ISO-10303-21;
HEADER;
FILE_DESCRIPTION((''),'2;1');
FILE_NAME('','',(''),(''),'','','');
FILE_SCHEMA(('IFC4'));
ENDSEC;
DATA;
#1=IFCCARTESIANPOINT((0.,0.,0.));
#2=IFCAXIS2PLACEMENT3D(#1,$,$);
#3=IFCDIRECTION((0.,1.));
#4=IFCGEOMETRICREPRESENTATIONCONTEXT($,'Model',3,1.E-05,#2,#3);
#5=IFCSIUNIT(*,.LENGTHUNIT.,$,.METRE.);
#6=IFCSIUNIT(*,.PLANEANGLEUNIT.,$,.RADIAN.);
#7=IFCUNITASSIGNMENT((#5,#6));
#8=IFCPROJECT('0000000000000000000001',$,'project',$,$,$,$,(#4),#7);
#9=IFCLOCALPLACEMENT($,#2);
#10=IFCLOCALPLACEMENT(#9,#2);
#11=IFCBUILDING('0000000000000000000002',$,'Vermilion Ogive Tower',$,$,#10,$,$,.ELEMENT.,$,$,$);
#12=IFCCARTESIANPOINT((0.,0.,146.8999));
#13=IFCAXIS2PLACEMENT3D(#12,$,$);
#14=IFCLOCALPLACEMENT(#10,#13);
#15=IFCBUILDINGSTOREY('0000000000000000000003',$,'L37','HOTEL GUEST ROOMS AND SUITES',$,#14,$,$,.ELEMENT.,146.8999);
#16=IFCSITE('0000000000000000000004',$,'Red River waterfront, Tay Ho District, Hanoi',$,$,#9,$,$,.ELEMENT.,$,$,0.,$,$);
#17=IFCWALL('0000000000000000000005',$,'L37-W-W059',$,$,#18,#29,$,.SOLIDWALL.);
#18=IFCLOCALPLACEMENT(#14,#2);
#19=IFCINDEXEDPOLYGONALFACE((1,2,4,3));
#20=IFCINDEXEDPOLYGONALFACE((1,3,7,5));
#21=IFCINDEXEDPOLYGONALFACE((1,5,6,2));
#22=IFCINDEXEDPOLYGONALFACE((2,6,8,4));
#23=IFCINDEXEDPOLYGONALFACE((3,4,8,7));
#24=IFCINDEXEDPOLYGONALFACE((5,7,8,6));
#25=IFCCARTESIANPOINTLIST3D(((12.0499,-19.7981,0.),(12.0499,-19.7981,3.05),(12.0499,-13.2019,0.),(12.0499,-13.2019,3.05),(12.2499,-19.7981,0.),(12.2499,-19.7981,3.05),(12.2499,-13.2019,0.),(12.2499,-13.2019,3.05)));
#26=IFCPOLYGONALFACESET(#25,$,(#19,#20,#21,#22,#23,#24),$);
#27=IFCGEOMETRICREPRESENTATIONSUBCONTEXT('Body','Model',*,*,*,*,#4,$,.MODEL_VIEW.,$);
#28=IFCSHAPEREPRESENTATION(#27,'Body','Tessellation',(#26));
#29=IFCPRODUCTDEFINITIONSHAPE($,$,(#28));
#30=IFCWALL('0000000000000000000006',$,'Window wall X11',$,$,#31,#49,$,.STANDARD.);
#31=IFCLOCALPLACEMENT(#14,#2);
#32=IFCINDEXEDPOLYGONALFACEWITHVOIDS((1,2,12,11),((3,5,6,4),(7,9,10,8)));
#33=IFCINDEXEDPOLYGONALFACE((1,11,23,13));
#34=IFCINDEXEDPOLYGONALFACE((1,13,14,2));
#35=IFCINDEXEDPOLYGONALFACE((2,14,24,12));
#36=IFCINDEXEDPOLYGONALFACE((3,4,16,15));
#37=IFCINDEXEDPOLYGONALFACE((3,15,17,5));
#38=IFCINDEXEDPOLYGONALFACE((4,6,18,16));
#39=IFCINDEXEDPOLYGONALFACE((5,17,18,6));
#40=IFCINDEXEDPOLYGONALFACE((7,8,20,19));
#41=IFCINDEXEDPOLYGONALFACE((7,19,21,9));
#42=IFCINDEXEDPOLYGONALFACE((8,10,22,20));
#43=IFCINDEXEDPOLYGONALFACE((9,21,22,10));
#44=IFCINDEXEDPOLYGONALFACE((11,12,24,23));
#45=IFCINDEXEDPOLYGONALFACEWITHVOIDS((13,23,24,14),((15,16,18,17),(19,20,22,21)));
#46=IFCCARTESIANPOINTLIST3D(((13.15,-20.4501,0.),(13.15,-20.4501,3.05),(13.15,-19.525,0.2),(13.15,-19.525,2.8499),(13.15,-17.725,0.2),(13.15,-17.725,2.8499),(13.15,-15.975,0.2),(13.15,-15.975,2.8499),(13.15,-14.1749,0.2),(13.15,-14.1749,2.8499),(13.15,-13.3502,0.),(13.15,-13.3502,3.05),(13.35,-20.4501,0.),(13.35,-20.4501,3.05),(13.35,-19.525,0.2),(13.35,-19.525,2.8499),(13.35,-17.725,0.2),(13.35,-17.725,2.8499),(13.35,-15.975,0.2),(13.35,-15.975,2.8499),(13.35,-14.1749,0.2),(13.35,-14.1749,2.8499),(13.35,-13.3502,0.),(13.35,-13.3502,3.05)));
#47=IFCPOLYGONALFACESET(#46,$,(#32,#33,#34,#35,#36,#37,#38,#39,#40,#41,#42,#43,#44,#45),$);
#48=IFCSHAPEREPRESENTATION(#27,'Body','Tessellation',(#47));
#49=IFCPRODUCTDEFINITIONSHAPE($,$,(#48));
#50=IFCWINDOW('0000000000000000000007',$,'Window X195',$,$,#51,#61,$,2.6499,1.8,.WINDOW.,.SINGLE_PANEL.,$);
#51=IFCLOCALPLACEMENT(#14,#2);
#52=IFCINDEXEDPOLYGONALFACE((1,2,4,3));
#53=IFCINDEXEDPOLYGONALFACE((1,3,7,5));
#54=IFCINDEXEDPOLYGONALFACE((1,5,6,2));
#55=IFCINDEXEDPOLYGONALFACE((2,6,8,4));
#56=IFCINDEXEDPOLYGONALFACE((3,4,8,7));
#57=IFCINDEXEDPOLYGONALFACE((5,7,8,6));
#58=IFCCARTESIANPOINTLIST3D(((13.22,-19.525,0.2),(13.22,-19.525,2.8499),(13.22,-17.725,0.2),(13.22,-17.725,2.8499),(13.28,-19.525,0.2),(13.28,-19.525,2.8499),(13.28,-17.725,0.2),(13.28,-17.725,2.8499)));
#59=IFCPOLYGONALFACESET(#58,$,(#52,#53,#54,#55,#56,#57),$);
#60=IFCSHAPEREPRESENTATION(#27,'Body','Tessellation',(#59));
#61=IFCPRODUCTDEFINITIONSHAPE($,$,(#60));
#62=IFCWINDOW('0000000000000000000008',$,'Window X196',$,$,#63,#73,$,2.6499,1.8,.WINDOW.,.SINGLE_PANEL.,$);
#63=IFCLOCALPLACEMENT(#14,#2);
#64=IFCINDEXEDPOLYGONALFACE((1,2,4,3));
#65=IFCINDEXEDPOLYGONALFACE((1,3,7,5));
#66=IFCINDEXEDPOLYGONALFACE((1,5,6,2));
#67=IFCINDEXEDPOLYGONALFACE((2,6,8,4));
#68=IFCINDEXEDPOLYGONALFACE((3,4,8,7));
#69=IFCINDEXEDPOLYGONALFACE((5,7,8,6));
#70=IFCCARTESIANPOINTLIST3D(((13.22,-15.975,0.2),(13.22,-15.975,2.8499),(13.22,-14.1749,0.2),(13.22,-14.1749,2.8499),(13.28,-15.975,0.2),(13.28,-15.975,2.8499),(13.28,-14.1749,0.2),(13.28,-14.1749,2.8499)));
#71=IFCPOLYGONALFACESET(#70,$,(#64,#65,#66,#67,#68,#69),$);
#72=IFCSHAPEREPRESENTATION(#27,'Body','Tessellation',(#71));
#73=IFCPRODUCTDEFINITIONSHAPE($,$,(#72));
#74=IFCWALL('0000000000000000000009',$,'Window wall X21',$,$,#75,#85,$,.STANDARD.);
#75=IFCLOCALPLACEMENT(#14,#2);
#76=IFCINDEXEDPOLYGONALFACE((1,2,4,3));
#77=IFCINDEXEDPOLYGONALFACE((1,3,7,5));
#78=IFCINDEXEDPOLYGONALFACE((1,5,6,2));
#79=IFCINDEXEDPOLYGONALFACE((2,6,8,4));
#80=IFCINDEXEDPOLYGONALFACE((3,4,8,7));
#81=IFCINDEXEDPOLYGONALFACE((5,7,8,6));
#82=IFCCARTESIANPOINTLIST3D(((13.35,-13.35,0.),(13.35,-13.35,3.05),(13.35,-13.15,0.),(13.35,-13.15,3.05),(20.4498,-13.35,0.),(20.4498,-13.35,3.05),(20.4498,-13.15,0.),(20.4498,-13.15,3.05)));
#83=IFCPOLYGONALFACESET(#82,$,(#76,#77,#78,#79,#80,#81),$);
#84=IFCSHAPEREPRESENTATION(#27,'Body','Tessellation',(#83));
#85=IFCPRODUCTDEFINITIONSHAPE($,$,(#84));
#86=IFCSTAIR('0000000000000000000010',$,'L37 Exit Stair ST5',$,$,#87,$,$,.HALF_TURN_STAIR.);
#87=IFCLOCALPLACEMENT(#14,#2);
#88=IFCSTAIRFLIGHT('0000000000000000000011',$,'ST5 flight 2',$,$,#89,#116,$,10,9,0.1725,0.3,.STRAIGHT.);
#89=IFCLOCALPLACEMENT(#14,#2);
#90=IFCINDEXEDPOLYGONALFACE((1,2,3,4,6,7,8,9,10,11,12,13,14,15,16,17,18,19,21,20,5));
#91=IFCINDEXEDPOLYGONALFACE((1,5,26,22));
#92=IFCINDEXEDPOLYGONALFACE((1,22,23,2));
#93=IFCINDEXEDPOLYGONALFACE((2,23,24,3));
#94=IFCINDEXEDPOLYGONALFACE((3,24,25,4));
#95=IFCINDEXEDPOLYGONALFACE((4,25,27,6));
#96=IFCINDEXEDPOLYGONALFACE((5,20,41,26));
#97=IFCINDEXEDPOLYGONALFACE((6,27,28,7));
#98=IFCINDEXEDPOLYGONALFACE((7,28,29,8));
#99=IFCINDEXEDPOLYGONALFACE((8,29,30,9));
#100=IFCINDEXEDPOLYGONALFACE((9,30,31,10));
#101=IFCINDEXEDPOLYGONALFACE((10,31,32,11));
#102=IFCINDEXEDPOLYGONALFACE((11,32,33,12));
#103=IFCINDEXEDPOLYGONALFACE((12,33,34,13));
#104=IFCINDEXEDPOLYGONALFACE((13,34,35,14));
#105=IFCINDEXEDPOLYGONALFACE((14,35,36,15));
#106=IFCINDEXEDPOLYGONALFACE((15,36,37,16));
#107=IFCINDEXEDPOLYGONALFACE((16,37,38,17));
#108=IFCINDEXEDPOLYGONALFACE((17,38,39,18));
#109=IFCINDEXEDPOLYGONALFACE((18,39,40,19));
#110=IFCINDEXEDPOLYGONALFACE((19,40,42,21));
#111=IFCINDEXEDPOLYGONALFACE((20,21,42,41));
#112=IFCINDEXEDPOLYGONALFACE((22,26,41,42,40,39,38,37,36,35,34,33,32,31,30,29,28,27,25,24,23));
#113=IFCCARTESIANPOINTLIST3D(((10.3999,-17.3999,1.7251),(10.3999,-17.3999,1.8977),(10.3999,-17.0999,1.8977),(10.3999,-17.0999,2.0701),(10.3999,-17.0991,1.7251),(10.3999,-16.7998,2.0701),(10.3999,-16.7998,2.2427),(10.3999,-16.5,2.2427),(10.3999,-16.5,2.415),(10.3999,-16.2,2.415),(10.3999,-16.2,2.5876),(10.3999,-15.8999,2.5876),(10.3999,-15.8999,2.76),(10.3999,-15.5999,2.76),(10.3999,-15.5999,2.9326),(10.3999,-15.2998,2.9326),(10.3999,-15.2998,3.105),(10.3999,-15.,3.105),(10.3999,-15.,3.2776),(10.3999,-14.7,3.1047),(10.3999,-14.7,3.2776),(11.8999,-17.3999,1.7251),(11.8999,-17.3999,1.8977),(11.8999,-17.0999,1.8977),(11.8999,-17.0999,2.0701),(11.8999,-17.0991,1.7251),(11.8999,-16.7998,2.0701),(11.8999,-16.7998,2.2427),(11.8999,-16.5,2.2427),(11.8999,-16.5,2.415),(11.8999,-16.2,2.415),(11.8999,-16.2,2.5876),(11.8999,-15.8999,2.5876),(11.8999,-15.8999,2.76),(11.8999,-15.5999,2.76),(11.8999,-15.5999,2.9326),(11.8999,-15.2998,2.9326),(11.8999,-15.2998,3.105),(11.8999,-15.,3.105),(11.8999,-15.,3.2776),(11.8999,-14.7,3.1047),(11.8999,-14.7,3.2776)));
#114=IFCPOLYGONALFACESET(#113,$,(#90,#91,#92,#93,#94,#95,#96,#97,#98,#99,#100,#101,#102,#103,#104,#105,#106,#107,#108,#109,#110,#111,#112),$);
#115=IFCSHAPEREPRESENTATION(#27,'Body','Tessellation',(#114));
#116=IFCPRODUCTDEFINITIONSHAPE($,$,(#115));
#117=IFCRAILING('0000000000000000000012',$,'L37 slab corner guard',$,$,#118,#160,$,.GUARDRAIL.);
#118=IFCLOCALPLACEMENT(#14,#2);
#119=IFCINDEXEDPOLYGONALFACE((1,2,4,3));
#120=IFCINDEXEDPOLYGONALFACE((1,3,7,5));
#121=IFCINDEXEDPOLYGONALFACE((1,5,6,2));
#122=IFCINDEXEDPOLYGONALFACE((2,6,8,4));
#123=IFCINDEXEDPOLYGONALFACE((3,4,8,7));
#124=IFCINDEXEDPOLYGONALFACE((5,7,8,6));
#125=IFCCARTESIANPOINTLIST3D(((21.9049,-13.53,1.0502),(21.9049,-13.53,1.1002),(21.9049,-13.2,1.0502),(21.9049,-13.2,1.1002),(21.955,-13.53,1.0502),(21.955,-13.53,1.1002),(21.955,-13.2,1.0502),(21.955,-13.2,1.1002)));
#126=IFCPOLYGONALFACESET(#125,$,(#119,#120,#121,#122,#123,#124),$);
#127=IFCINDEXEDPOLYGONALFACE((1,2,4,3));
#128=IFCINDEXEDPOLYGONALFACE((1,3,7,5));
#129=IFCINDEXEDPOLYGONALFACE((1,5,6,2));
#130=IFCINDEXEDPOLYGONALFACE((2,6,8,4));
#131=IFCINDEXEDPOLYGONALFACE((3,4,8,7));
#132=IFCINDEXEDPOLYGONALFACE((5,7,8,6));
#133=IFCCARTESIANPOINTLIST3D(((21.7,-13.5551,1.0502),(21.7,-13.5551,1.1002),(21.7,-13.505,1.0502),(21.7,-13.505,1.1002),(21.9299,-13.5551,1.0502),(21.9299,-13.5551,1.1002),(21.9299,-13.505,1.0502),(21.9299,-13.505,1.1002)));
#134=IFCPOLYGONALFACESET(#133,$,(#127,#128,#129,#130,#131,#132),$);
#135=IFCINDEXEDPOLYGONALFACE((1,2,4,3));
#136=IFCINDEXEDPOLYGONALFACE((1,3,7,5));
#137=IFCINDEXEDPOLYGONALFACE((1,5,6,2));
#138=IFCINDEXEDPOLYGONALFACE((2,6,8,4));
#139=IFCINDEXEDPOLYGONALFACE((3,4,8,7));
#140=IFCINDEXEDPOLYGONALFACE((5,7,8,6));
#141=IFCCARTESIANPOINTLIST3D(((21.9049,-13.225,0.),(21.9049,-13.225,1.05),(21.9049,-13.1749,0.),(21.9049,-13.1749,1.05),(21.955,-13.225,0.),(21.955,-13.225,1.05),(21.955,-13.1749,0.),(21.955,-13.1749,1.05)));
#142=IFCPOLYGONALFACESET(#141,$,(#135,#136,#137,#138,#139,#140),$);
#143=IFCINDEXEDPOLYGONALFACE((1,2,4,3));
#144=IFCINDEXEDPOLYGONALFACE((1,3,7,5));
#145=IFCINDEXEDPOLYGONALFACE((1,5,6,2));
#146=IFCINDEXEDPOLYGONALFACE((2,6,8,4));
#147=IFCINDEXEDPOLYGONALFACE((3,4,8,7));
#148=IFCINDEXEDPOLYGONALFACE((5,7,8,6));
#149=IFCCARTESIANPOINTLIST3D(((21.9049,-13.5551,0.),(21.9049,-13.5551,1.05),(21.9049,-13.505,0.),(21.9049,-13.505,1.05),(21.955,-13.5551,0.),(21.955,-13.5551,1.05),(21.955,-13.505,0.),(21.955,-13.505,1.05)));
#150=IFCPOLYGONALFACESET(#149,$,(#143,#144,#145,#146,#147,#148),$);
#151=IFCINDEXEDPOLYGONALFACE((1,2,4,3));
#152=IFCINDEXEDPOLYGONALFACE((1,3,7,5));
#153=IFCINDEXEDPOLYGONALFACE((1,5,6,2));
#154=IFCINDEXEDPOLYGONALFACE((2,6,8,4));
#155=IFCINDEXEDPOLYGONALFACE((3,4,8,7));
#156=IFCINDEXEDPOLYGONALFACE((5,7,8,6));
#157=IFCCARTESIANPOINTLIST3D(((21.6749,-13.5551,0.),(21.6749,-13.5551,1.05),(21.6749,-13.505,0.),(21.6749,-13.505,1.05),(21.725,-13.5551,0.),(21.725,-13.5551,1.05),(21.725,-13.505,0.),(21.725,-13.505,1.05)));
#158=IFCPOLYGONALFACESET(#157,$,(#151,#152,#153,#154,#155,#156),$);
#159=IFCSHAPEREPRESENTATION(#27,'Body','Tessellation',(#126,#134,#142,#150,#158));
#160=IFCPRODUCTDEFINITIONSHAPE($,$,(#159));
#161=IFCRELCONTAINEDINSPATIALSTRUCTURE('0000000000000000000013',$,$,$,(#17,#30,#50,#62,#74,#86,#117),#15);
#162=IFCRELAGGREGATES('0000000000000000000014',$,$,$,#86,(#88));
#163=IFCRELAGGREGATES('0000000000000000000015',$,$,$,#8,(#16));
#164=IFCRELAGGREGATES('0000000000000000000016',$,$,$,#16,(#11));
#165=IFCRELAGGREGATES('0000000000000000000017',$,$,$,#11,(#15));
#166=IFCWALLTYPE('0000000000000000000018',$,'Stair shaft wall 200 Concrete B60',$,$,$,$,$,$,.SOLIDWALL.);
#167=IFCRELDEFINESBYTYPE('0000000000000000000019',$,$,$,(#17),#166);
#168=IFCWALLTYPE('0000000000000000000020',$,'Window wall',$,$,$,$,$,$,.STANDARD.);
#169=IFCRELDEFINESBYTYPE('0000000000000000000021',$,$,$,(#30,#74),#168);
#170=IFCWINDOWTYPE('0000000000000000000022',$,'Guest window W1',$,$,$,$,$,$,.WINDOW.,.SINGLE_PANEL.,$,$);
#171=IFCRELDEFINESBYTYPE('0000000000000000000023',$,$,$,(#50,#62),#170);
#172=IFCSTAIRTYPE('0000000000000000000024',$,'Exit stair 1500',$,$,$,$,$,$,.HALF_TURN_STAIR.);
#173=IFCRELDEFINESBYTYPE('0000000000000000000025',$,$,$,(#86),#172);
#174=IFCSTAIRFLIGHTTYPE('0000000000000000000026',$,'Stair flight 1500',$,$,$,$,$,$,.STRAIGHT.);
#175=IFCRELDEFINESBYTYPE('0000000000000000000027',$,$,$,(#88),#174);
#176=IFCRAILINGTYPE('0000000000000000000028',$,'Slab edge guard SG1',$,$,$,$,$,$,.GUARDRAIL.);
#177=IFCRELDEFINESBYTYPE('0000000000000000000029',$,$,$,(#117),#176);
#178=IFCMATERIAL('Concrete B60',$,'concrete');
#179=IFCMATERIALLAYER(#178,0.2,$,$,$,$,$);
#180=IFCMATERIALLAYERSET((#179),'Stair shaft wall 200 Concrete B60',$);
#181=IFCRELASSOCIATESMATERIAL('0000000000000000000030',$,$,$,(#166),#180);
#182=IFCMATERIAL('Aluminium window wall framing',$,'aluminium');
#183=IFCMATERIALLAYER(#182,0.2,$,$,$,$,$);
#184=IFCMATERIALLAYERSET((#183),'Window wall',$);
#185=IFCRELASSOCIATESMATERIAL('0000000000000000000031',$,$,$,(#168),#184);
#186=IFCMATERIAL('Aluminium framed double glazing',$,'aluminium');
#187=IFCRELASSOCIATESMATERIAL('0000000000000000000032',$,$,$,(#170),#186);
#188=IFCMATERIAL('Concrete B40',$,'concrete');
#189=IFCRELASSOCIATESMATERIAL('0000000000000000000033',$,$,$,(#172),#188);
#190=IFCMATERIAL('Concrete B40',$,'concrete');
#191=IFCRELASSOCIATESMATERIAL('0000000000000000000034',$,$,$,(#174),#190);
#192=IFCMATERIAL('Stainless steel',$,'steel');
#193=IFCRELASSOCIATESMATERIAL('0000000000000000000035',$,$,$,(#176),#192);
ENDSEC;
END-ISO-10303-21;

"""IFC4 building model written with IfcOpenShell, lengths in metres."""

from ifc_helpers import new_model, si_unit, direction, frame, frame_2d, origin, origin_2d, place, context, subcontext, project, spatial, polyline, rectangle, outline, extrude, material, layer, layer_set, type_object, element, fill, aggregate, save


model = new_model("IFC4")

# Units and contexts
model_context = context("Model", 3, precision=1e-05, world=origin(), true_north=direction((0.0, 1.0)))
body_context = subcontext(model_context, "Body", "Model", "MODEL_VIEW")
ifc_project = project(units=[si_unit("LENGTHUNIT", "METRE"), si_unit("PLANEANGLEUNIT", "RADIAN")], contexts=[model_context])

# Site, building, storey
site_placement = place(None, origin())
site = spatial("IfcSite", under=ifc_project, at=site_placement, Name="Red River waterfront, Tay Ho District, Hanoi", CompositionType="ELEMENT", RefElevation=0.0)
building_placement = place(site_placement, origin())
building = spatial("IfcBuilding", under=site, at=building_placement, Name="Vermilion Ogive Tower", CompositionType="ELEMENT")
storey_placement = place(building_placement, frame((0.0, 0.0, 146.8999)))
storey = spatial("IfcBuildingStorey", under=building, at=storey_placement, Name="L37", Description="HOTEL GUEST ROOMS AND SUITES", CompositionType="ELEMENT", Elevation=146.8999)

# Wall
ifc_material_1 = material(Name="Concrete B60", Category="concrete")
ifc_layer_1 = layer(ifc_material_1, 0.2)
ifc_layer_set_1 = layer_set([ifc_layer_1], Name="Stair shaft wall 200 Concrete B60")
wall_type_1 = type_object("IfcWallType", Name="Stair shaft wall 200 Concrete B60", PredefinedType="SOLIDWALL", material=ifc_layer_set_1)
wall_1_placement = place(storey_placement, frame((12.1499, -19.7981, 0.0), z_axis=(0.0, 0.0, 1.0), x_axis=(0.0, 1.0, 0.0)))
element("IfcWall", 1, at=wall_1_placement, inside=storey, type_object=wall_type_1, Name="L37-W-W059", PredefinedType="SOLIDWALL", context=body_context, shape_type="SweptSolid", body=[
    extrude(rectangle(XDim=6.5962, YDim=0.2, at=frame_2d((3.2981, 0.0))), origin(), (0.0, 0.0, 1.0), 3.05),
])

# Wall, openings, windows
ifc_material_2 = material(Name="Aluminium window wall framing", Category="aluminium")
ifc_layer_2 = layer(ifc_material_2, 0.2)
ifc_layer_set_2 = layer_set([ifc_layer_2], Name="Window wall")
wall_type_2 = type_object("IfcWallType", Name="Window wall", PredefinedType="STANDARD", material=ifc_layer_set_2)
wall_2_placement = place(storey_placement, frame((13.25, -20.45, 0.0), z_axis=(0.0, 0.0, 1.0), x_axis=(0.0, 1.0, 0.0)))
wall_2 = element("IfcWall", 2, at=wall_2_placement, inside=storey, type_object=wall_type_2, Name="Window wall X11", PredefinedType="STANDARD", context=body_context, shape_type="SweptSolid", body=[
    extrude(rectangle(XDim=7.0999, YDim=0.2, at=frame_2d((3.5498, 0.0))), origin(), (0.0, 0.0, 1.0), 3.05),
])
opening_1_placement = place(wall_2_placement, frame((0.925, 0.0, 0.2)))
opening_1 = element("IfcOpeningElement", 3, at=opening_1_placement, cuts=wall_2, PredefinedType="OPENING", context=body_context, shape_type="SweptSolid", body=[
    extrude(rectangle(XDim=1.8, YDim=2.6499, at=frame_2d((0.8999, 1.325))), frame((0.0, 0.1099, 0.0), z_axis=(0.0, -1.0, 0.0), x_axis=(1.0, 0.0, 0.0)), (0.0, 0.0, 1.0), 0.22),
])
opening_2_placement = place(wall_2_placement, frame((4.4751, 0.0, 0.2)))
opening_2 = element("IfcOpeningElement", 4, at=opening_2_placement, cuts=wall_2, PredefinedType="OPENING", context=body_context, shape_type="SweptSolid", body=[
    extrude(rectangle(XDim=1.8, YDim=2.6499, at=frame_2d((0.8999, 1.325))), frame((0.0, 0.1099, 0.0), z_axis=(0.0, -1.0, 0.0), x_axis=(1.0, 0.0, 0.0)), (0.0, 0.0, 1.0), 0.22),
])
ifc_material_3 = material(Name="Aluminium framed double glazing", Category="aluminium")
window_type = type_object("IfcWindowType", Name="Guest window W1", PartitioningType="SINGLE_PANEL", PredefinedType="WINDOW", material=ifc_material_3)
window_1_placement = place(opening_1_placement, origin())
window_1 = element("IfcWindow", 5, at=window_1_placement, inside=storey, type_object=window_type, Name="Window X195", OverallHeight=2.6499, OverallWidth=1.8, PartitioningType="SINGLE_PANEL", PredefinedType="WINDOW", context=body_context, shape_type="SweptSolid", body=[
    extrude(rectangle(XDim=1.8, YDim=2.6499, at=frame_2d((0.8999, 1.325))), frame((0.0, 0.03, 0.0), z_axis=(0.0, -1.0, 0.0), x_axis=(1.0, 0.0, 0.0)), (0.0, 0.0, 1.0), 0.0601),
])
fill(opening_1, window_1)
window_2_placement = place(opening_2_placement, origin())
window_2 = element("IfcWindow", 6, at=window_2_placement, inside=storey, type_object=window_type, Name="Window X196", OverallHeight=2.6499, OverallWidth=1.8, PartitioningType="SINGLE_PANEL", PredefinedType="WINDOW", context=body_context, shape_type="SweptSolid", body=[
    extrude(rectangle(XDim=1.8, YDim=2.6499, at=frame_2d((0.8999, 1.325))), frame((0.0, 0.03, 0.0), z_axis=(0.0, -1.0, 0.0), x_axis=(1.0, 0.0, 0.0)), (0.0, 0.0, 1.0), 0.0601),
])
fill(opening_2, window_2)

# Wall
wall_3_placement = place(storey_placement, frame((13.3501, -13.25, 0.0), z_axis=(0.0, 0.0, 1.0), x_axis=(1.0, 0.0, 0.0)))
element("IfcWall", 7, at=wall_3_placement, inside=storey, type_object=wall_type_2, Name="Window wall X21", PredefinedType="STANDARD", context=body_context, shape_type="SweptSolid", body=[
    extrude(rectangle(XDim=7.0999, YDim=0.2, at=frame_2d((3.5498, 0.0))), origin(), (0.0, 0.0, 1.0), 3.05),
])

# Stair, stair flight
ifc_material_4 = material(Name="Concrete B40", Category="concrete")
stair_type = type_object("IfcStairType", Name="Exit stair 1500", PredefinedType="HALF_TURN_STAIR", material=ifc_material_4)
stair_placement = place(storey_placement, origin())
stair = element("IfcStair", 8, at=stair_placement, inside=storey, type_object=stair_type, Name="L37 Exit Stair ST5", PredefinedType="HALF_TURN_STAIR")
ifc_material_5 = material(Name="Concrete B40", Category="concrete")
stair_flight_type = type_object("IfcStairFlightType", Name="Stair flight 1500", PredefinedType="STRAIGHT", material=ifc_material_5)
stair_flight_placement = place(storey_placement, frame((11.1499, -17.3999, 1.7251), z_axis=(0.0, 0.0, 1.0), x_axis=(0.0, 1.0, 0.0)))
stair_flight = element("IfcStairFlight", 9, at=stair_flight_placement, type_object=stair_flight_type, Name="ST5 flight 2", NumberOfRisers=10, NumberOfTreads=9, PredefinedType="STRAIGHT", RiserHeight=0.1725, TreadLength=0.3, context=body_context, shape_type="SweptSolid", body=[
    extrude(outline(polyline([(0.0, 0.0), (0.0, 0.1726), (0.3, 0.1726), (0.3, 0.345), (0.6001, 0.345), (0.6001, 0.5176), (0.8999, 0.5176), (0.8999, 0.6899), (1.2, 0.6899), (1.2, 0.8625), (1.5, 0.8625), (1.5, 1.0349), (1.8, 1.0349), (1.8, 1.2075), (2.1001, 1.2075), (2.1001, 1.3799), (2.3999, 1.3799), (2.3999, 1.5525), (2.7, 1.5525), (2.7, 1.7251), (2.7, 1.3796), (0.3008, 0.0), (0.0, 0.0)])), frame((0.0, 0.75, 0.0), z_axis=(0.0, -1.0, 0.0), x_axis=(1.0, 0.0, 0.0)), (0.0, 0.0, 1.0), 1.5),
])
aggregate(stair, [stair_flight])

# Railing
ifc_material_6 = material(Name="Stainless steel", Category="steel")
railing_type_1 = type_object("IfcRailingType", Name="Slab edge guard SG1", PredefinedType="GUARDRAIL", material=ifc_material_6)
railing_1_placement = place(storey_placement, frame((21.9299, -13.2, 0.0)))
element("IfcRailing", 10, at=railing_1_placement, inside=storey, type_object=railing_type_1, Name="L37 slab corner guard", PredefinedType="GUARDRAIL", context=body_context, shape_type="SweptSolid", body=[
    extrude(rectangle(XDim=0.05, YDim=0.05, at=origin_2d()), frame((0.0, 0.0, 1.0752), z_axis=(0.0, -1.0, 0.0), x_axis=(1.0, 0.0, 0.0)), (0.0, 0.0, 1.0), 0.3301),
    extrude(rectangle(XDim=0.05, YDim=0.05, at=origin_2d()), frame((0.0, -0.3301, 1.0752), z_axis=(-1.0, 0.0, 0.0), x_axis=(0.0, -1.0, 0.0)), (0.0, 0.0, 1.0), 0.23),
    extrude(rectangle(XDim=0.05, YDim=0.05, at=origin_2d()), origin(), (0.0, 0.0, 1.0), 1.05),
    extrude(rectangle(XDim=0.05, YDim=0.05, at=origin_2d()), frame((0.0, -0.3301, 0.0)), (0.0, 0.0, 1.0), 1.05),
    extrude(rectangle(XDim=0.05, YDim=0.05, at=origin_2d()), frame((-0.23, -0.3301, 0.0)), (0.0, 0.0, 1.0), 1.05),
])

save(model, "model.ifc")
